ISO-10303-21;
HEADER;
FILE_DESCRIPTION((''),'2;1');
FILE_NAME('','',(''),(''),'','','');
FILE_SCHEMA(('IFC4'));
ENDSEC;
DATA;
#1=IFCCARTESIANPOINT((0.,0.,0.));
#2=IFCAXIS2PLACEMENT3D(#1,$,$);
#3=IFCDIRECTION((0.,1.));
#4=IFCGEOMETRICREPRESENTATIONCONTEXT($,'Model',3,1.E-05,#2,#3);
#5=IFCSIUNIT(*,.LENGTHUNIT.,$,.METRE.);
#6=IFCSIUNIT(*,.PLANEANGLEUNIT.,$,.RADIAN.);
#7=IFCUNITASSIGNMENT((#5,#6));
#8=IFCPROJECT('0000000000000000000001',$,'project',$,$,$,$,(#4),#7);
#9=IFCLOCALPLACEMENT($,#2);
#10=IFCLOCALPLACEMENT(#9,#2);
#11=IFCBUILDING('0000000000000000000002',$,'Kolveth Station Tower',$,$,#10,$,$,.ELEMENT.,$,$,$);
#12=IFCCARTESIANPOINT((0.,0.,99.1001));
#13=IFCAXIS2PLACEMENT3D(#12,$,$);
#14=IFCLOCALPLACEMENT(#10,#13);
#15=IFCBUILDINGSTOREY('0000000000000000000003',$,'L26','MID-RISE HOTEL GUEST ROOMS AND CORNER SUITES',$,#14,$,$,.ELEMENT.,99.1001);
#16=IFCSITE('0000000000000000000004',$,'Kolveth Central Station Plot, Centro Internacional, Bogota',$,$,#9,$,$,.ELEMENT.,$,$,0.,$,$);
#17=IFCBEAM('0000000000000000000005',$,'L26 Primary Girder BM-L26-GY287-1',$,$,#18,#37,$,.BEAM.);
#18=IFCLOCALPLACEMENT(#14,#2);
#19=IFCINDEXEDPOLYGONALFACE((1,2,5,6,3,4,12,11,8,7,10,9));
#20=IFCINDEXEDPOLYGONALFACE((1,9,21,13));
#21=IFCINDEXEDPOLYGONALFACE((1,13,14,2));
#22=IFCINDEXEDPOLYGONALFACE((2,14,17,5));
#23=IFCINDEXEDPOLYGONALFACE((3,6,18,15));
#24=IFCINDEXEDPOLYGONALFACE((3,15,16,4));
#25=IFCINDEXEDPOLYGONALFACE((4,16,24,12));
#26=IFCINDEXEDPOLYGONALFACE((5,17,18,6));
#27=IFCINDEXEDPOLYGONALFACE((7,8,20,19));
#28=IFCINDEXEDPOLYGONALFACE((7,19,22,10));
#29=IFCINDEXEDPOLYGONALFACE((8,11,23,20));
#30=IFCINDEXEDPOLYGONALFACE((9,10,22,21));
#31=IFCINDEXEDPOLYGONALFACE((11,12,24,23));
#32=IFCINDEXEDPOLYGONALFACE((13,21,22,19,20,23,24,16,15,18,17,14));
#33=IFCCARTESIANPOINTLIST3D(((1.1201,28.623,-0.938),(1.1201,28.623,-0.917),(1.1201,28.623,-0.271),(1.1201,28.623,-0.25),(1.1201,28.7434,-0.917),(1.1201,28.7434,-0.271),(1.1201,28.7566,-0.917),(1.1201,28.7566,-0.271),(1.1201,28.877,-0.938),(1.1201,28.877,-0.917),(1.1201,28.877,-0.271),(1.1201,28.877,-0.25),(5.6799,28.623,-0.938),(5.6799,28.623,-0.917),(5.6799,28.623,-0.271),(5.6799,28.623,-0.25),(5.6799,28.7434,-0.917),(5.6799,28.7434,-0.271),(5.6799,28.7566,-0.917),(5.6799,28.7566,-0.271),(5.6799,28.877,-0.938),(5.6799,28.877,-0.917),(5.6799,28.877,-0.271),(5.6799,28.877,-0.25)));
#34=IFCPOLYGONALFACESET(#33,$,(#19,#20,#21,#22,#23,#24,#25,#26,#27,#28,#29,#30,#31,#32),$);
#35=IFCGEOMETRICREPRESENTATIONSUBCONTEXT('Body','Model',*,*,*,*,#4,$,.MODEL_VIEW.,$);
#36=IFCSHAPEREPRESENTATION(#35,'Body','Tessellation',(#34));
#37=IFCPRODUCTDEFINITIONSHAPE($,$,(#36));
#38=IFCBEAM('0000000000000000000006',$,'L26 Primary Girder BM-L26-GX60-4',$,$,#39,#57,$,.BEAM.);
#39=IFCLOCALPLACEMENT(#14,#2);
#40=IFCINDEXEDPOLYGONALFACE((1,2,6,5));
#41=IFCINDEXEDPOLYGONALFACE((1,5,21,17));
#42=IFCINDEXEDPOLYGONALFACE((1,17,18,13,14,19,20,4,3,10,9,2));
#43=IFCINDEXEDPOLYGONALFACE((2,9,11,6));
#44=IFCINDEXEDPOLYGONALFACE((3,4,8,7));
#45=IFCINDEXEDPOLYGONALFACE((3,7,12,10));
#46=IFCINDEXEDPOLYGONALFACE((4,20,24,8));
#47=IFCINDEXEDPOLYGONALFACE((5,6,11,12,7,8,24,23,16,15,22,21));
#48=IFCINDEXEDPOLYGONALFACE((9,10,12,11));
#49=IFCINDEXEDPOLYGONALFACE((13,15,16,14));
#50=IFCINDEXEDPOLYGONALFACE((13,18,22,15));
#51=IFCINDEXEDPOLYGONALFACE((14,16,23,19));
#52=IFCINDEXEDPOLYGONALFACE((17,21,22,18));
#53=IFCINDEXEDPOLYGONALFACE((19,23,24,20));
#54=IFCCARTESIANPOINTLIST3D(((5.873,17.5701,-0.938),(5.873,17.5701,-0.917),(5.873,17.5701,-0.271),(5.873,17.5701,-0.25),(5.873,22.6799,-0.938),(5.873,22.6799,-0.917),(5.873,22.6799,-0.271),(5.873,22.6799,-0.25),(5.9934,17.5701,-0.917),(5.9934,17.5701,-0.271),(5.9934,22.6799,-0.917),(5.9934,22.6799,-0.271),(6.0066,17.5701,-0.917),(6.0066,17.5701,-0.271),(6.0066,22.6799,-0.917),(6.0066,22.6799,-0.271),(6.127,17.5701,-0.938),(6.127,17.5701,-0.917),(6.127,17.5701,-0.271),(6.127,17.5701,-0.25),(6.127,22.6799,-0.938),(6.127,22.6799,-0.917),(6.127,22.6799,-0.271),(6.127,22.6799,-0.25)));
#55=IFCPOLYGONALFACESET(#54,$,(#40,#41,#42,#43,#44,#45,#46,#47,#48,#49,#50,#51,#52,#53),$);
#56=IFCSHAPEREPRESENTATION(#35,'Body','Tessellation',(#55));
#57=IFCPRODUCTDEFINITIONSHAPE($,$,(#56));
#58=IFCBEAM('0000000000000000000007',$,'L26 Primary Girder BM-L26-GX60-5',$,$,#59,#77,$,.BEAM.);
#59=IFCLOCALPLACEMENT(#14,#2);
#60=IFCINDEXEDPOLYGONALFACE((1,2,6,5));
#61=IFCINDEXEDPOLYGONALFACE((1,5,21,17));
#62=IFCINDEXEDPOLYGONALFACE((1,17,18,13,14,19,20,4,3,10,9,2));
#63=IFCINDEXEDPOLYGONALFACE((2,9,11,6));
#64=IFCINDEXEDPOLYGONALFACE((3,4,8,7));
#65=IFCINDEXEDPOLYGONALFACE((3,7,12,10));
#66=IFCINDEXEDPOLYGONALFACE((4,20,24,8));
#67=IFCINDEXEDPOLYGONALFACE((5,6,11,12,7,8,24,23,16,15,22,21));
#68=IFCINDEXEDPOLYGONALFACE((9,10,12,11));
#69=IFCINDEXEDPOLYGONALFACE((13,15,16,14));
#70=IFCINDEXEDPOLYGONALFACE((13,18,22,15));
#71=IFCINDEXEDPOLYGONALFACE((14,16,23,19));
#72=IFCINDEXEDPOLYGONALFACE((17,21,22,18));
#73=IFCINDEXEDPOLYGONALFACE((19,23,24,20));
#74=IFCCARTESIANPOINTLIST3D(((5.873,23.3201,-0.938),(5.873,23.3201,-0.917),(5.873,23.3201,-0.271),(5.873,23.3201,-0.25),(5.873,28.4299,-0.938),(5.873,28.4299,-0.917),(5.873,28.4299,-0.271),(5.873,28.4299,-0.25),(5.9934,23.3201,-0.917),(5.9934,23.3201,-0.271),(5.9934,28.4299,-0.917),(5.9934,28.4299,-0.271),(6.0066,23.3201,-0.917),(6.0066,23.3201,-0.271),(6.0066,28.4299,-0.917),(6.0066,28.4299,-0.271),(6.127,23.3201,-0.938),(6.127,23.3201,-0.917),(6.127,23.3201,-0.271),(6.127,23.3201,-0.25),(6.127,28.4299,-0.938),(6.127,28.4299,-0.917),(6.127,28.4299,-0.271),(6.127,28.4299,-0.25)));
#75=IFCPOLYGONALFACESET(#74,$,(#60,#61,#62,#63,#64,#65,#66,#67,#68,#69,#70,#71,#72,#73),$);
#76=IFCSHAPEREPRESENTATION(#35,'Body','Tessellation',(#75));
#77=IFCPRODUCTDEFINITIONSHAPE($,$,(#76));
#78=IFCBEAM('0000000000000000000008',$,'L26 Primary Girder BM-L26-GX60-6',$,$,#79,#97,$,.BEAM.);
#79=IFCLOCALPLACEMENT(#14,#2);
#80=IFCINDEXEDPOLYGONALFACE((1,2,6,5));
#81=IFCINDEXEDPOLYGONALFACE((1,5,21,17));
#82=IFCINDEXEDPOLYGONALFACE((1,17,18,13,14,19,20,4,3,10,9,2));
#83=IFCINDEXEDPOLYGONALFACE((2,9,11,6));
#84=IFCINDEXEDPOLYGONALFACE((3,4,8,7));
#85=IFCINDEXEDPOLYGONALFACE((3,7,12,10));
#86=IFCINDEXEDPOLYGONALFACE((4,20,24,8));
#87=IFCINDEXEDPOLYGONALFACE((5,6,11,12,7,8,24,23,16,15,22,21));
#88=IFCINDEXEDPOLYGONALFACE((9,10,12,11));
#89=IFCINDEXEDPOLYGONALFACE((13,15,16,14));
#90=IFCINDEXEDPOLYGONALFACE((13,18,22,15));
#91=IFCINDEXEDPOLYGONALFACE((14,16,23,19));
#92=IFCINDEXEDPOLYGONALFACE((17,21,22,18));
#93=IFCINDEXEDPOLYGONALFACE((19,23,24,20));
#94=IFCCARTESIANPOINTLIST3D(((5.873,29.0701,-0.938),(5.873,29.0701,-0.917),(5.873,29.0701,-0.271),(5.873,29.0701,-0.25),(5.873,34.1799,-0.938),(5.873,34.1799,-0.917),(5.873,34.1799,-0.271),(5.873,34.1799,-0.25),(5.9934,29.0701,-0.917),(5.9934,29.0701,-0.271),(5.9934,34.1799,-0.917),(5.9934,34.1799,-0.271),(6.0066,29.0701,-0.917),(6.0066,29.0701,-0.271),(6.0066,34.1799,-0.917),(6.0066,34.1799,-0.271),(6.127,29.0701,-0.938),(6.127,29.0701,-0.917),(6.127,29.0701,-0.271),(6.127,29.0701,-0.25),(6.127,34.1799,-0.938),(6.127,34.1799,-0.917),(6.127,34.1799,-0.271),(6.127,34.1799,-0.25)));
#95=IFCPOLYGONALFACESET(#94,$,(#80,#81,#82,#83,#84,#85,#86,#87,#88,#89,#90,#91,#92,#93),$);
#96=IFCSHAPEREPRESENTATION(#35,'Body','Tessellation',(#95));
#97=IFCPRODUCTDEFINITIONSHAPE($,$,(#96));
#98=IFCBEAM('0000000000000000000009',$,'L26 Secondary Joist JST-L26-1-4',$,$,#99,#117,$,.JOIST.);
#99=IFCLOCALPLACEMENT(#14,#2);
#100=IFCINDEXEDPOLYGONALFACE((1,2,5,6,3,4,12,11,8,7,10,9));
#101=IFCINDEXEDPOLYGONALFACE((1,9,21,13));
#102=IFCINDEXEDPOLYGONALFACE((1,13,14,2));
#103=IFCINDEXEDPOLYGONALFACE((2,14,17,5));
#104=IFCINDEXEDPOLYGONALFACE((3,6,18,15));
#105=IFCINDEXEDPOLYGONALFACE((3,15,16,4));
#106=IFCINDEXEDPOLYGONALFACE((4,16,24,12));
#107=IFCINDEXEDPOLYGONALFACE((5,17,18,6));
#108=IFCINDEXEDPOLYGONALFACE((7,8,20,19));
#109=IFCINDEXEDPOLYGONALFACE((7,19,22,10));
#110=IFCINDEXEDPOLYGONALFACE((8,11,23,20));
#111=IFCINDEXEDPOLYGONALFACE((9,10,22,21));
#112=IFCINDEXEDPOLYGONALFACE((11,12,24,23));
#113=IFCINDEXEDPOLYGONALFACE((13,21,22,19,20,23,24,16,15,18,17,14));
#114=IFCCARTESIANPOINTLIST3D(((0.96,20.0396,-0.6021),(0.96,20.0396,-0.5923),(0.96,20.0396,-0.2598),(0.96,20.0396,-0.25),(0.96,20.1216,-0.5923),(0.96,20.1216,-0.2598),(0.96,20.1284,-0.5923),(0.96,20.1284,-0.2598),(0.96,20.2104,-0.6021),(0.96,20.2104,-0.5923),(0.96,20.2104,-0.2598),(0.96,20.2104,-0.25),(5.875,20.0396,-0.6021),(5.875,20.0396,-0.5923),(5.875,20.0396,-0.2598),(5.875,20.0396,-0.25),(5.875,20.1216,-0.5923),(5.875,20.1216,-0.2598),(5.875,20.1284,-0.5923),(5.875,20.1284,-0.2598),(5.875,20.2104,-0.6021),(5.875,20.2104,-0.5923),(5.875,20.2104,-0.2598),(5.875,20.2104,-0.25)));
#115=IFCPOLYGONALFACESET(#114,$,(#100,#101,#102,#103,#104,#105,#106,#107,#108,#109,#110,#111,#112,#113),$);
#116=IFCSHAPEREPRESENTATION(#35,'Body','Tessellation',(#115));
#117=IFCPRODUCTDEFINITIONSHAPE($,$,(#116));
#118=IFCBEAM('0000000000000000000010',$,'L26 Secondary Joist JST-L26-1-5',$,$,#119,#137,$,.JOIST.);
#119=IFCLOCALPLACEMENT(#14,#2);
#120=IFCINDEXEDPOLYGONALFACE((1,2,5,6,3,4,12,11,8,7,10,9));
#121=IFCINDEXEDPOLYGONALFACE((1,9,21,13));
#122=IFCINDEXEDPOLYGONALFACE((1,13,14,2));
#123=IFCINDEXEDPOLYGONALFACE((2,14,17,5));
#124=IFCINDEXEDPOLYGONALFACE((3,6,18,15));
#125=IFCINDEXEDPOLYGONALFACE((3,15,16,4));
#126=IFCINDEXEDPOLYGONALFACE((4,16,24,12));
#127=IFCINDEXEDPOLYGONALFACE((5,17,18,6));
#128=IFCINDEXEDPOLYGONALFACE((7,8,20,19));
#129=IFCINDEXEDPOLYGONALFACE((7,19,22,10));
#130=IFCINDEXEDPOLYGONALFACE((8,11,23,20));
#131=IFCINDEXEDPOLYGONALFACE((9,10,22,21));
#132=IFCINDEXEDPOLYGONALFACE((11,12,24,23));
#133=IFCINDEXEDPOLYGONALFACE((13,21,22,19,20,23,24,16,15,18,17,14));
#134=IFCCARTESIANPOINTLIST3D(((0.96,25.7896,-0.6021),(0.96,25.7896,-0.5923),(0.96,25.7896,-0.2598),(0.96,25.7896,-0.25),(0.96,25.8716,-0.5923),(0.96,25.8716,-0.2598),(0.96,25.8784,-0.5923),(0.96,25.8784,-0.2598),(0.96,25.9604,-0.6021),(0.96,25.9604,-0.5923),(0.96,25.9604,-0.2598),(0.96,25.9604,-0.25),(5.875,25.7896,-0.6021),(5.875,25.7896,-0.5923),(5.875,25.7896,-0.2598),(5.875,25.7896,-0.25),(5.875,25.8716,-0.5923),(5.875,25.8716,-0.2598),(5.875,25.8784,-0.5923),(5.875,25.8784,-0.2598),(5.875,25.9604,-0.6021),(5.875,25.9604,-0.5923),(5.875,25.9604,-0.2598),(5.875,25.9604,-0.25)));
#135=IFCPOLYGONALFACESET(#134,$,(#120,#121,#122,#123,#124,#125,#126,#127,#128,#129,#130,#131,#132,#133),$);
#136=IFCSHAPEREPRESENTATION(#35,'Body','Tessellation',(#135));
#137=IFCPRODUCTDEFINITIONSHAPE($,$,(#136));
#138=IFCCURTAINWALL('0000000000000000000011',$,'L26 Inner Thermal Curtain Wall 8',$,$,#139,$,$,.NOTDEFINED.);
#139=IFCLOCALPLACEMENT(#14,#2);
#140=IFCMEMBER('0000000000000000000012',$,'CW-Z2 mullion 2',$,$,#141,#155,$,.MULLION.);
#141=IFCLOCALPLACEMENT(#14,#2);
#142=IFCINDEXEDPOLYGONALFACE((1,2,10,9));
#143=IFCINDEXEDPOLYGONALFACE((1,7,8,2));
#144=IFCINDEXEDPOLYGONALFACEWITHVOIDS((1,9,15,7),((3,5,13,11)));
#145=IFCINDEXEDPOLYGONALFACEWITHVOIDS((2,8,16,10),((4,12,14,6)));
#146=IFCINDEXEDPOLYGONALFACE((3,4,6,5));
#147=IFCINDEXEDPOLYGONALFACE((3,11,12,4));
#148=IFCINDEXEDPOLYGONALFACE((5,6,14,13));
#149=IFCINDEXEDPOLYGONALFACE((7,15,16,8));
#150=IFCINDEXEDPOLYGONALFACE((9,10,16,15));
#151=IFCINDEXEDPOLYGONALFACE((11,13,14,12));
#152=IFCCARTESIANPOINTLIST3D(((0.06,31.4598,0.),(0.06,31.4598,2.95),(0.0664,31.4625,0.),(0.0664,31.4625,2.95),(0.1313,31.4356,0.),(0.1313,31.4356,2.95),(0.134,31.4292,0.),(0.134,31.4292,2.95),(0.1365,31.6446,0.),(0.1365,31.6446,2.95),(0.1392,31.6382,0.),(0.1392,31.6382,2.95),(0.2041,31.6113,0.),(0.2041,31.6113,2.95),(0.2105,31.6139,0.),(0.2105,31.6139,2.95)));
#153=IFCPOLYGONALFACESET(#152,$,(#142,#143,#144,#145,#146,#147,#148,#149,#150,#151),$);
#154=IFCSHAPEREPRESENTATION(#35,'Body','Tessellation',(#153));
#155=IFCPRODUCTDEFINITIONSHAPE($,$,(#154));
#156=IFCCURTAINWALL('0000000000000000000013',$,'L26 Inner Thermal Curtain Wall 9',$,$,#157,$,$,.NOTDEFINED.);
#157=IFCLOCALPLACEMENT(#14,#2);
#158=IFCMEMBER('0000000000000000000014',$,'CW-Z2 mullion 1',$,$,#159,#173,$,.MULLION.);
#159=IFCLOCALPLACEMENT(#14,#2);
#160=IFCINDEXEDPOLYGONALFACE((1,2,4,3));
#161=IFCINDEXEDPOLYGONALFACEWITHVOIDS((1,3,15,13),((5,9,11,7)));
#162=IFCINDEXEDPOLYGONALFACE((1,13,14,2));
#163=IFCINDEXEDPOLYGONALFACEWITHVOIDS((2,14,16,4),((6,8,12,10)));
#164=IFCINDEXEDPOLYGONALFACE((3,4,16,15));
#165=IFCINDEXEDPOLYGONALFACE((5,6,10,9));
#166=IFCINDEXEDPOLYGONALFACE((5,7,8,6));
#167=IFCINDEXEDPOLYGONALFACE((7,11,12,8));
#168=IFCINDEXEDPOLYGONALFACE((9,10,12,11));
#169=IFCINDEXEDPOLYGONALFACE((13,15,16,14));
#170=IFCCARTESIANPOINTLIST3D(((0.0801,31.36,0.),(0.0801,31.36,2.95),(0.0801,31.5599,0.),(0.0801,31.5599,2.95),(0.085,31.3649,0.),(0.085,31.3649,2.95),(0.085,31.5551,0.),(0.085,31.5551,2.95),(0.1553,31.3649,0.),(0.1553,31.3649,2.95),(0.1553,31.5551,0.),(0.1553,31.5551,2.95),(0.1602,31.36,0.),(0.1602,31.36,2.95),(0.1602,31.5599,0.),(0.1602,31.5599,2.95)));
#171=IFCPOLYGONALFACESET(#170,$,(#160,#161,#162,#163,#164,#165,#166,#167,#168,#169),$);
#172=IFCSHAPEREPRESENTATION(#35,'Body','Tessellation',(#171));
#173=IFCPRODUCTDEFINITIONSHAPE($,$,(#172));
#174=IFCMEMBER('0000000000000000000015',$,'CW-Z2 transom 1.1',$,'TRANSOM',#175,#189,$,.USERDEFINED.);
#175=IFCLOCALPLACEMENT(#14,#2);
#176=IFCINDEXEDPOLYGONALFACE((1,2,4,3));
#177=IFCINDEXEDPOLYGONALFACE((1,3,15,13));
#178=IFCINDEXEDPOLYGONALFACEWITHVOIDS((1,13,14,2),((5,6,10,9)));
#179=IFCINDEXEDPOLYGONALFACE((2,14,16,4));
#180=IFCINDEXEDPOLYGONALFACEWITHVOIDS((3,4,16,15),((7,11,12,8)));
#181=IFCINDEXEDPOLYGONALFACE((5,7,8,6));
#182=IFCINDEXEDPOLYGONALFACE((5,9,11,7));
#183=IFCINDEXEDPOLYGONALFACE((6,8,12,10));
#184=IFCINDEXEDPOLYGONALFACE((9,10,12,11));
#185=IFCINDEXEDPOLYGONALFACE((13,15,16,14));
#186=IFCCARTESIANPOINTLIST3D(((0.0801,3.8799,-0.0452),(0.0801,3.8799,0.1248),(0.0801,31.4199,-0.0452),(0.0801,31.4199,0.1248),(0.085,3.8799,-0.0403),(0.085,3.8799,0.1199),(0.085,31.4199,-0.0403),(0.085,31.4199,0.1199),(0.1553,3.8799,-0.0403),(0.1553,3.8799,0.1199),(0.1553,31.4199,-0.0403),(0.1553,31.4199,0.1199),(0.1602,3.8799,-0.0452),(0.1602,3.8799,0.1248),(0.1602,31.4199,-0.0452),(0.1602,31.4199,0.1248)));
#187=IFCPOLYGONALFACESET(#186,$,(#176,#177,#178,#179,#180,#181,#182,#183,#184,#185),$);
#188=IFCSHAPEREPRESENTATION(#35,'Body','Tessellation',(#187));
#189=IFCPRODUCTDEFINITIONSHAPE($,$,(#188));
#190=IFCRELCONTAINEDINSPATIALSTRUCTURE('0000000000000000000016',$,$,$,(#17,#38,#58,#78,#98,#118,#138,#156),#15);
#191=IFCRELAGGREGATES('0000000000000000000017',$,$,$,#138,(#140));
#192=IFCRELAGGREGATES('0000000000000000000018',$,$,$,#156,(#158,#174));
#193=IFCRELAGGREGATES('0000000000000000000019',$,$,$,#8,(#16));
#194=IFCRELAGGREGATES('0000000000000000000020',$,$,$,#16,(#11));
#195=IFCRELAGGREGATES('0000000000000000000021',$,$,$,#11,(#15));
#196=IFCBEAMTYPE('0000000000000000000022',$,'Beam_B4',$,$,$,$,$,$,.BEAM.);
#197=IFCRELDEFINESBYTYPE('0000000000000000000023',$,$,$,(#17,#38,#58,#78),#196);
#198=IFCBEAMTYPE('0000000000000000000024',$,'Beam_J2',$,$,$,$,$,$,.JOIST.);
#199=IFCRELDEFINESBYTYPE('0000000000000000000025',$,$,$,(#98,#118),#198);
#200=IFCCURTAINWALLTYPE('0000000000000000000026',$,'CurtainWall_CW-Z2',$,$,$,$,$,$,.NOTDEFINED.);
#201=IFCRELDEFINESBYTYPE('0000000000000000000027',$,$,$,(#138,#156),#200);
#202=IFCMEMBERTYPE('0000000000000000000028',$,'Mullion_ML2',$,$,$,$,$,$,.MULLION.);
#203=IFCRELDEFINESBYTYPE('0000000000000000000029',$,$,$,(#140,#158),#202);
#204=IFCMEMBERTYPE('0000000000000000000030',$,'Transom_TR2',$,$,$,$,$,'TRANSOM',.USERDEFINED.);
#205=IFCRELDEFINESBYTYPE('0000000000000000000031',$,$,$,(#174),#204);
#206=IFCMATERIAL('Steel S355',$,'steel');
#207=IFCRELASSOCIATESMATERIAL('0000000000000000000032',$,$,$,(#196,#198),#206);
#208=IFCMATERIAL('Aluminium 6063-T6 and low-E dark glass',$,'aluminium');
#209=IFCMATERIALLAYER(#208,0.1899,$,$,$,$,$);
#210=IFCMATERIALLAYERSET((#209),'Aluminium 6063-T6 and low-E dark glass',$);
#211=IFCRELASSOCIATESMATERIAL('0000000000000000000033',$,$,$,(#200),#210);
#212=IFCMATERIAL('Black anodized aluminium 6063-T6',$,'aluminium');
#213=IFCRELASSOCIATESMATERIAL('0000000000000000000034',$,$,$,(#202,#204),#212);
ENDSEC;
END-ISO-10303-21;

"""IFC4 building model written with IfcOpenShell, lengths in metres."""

from ifc_helpers import new_model, si_unit, direction, frame, origin, origin_2d, place, context, subcontext, project, spatial, hollow_rectangle, i_section, extrude, source, transform, mapped, material, layer, layer_set, material_profile, profile_set, type_object, element, aggregate, save


model = new_model("IFC4")

# Units and contexts
model_context = context("Model", 3, precision=1e-05, world=origin(), true_north=direction((0.0, 1.0)))
body_context = subcontext(model_context, "Body", "Model", "MODEL_VIEW")
ifc_project = project(units=[si_unit("LENGTHUNIT", "METRE"), si_unit("PLANEANGLEUNIT", "RADIAN")], contexts=[model_context])

# Site, building, storey
site_placement = place(None, origin())
site = spatial("IfcSite", under=ifc_project, at=site_placement, Name="Kolveth Central Station Plot, Centro Internacional, Bogota", CompositionType="ELEMENT", RefElevation=0.0)
building_placement = place(site_placement, origin())
building = spatial("IfcBuilding", under=site, at=building_placement, Name="Kolveth Station Tower", CompositionType="ELEMENT")
storey_placement = place(building_placement, frame((0.0, 0.0, 99.1001)))
storey = spatial("IfcBuildingStorey", under=building, at=storey_placement, Name="L26", Description="MID-RISE HOTEL GUEST ROOMS AND CORNER SUITES", CompositionType="ELEMENT", Elevation=99.1001)

# Beams
ifc_material_1 = material(Name="Steel S355", Category="steel")
ifc_material_profile_1 = material_profile(ifc_material_1, i_section(OverallWidth=0.2539, OverallDepth=0.688, WebThickness=0.0132, FlangeThickness=0.021, at=origin_2d()), Name="W690x152")
ifc_profile_set_1 = profile_set([ifc_material_profile_1], Name="Steel S355")
beam_type_1 = type_object("IfcBeamType", Name="Beam_B4", PredefinedType="BEAM", material=ifc_profile_set_1)
shared_shape_1 = source(origin(), body_context, "Body", "SweptSolid", [
    extrude(i_section(OverallWidth=0.2539, OverallDepth=0.688, WebThickness=0.0132, FlangeThickness=0.021, at=origin_2d()), origin(), (0.0, 0.0, 1.0), 4.5598),
])
for number, where, z_axis, x_axis, name in (
    (1, (1.1201, 28.75, -0.594), (1.0, 0.0, 0.0), (0.0, 1.0, 0.0), "L26 Primary Girder BM-L26-GY287-1"),
):
    element("IfcBeam", number, at=place(storey_placement, frame(where, z_axis=z_axis, x_axis=x_axis)), inside=storey, type_object=beam_type_1, Name=name, PredefinedType="BEAM", context=body_context, shape_type="MappedRepresentation", body=[
        mapped(shared_shape_1, transform((0.0, 0.0, 0.0), x_axis=(1.0, 0.0, 0.0), y_axis=(0.0, 1.0, 0.0), z_axis=(0.0, 0.0, 1.0), scale=1.0)),
    ])
shared_shape_2 = source(origin(), body_context, "Body", "SweptSolid", [
    extrude(i_section(OverallWidth=0.2539, OverallDepth=0.688, WebThickness=0.0132, FlangeThickness=0.021, at=origin_2d()), origin(), (0.0, 0.0, 1.0), 5.1099),
])
for number, where, z_axis, x_axis, name in (
    (2, (6.0, 17.5701, -0.594), (0.0, 1.0, 0.0), (-1.0, 0.0, 0.0), "L26 Primary Girder BM-L26-GX60-4"),
    (3, (6.0, 23.3201, -0.594), (0.0, 1.0, 0.0), (-1.0, 0.0, 0.0), "L26 Primary Girder BM-L26-GX60-5"),
    (4, (6.0, 29.0701, -0.594), (0.0, 1.0, 0.0), (-1.0, 0.0, 0.0), "L26 Primary Girder BM-L26-GX60-6"),
):
    element("IfcBeam", number, at=place(storey_placement, frame(where, z_axis=z_axis, x_axis=x_axis)), inside=storey, type_object=beam_type_1, Name=name, PredefinedType="BEAM", context=body_context, shape_type="MappedRepresentation", body=[
        mapped(shared_shape_2, transform((0.0, 0.0, 0.0), x_axis=(1.0, 0.0, 0.0), y_axis=(0.0, 1.0, 0.0), z_axis=(0.0, 0.0, 1.0), scale=1.0)),
    ])
ifc_material_profile_2 = material_profile(ifc_material_1, i_section(OverallWidth=0.1709, OverallDepth=0.3521, WebThickness=0.0068, FlangeThickness=0.0098, at=origin_2d()), Name="W360x44")
ifc_profile_set_2 = profile_set([ifc_material_profile_2], Name="Steel S355")
beam_type_2 = type_object("IfcBeamType", Name="Beam_J2", PredefinedType="JOIST", material=ifc_profile_set_2)
shared_shape_3 = source(origin(), body_context, "Body", "SweptSolid", [
    extrude(i_section(OverallWidth=0.1709, OverallDepth=0.3521, WebThickness=0.0068, FlangeThickness=0.0098, at=origin_2d()), origin(), (0.0, 0.0, 1.0), 4.915),
])
for number, where, z_axis, x_axis, name in (
    (5, (0.96, 20.125, -0.426), (1.0, 0.0, 0.0), (0.0, 1.0, 0.0), "L26 Secondary Joist JST-L26-1-4"),
    (6, (0.96, 25.875, -0.426), (1.0, 0.0, 0.0), (0.0, 1.0, 0.0), "L26 Secondary Joist JST-L26-1-5"),
):
    element("IfcBeam", number, at=place(storey_placement, frame(where, z_axis=z_axis, x_axis=x_axis)), inside=storey, type_object=beam_type_2, Name=name, PredefinedType="JOIST", context=body_context, shape_type="MappedRepresentation", body=[
        mapped(shared_shape_3, transform((0.0, 0.0, 0.0), x_axis=(1.0, 0.0, 0.0), y_axis=(0.0, 1.0, 0.0), z_axis=(0.0, 0.0, 1.0), scale=1.0)),
    ])

# Curtain wall, member
ifc_material_2 = material(Name="Aluminium 6063-T6 and low-E dark glass", Category="aluminium")
ifc_layer_1 = layer(ifc_material_2, 0.1899)
ifc_layer_set_1 = layer_set([ifc_layer_1], Name="Aluminium 6063-T6 and low-E dark glass")
curtain_wall_type_1 = type_object("IfcCurtainWallType", Name="CurtainWall_CW-Z2", PredefinedType="NOTDEFINED", material=ifc_layer_set_1)
curtain_wall_1_placement = place(storey_placement, origin())
curtain_wall_1 = element("IfcCurtainWall", 7, at=curtain_wall_1_placement, inside=storey, type_object=curtain_wall_type_1, Name="L26 Inner Thermal Curtain Wall 8", PredefinedType="NOTDEFINED")
ifc_material_3 = material(Name="Black anodized aluminium 6063-T6", Category="aluminium")
ifc_material_profile_3 = material_profile(ifc_material_3, hollow_rectangle(XDim=0.0801, YDim=0.2, WallThickness=0.0049, at=origin_2d()), Name="ALU-80x200x5")
ifc_profile_set_3 = profile_set([ifc_material_profile_3], Name="Black anodized aluminium 6063-T6")
member_type_1 = type_object("IfcMemberType", Name="Mullion_ML2", PredefinedType="MULLION", material=ifc_profile_set_3)
shared_shape_4 = source(origin(), body_context, "Body", "SweptSolid", [
    extrude(hollow_rectangle(XDim=0.0801, YDim=0.2, WallThickness=0.0049, at=origin_2d()), origin(), (0.0, 0.0, 1.0), 2.95),
])
member_1_placement = place(storey_placement, frame((0.1353, 31.5369, 0.0), z_axis=(0.0, 0.0, 1.0), x_axis=(0.923888, -0.382663, 0.0)))
member_1 = element("IfcMember", 8, at=member_1_placement, type_object=member_type_1, Name="CW-Z2 mullion 2", PredefinedType="MULLION", context=body_context, shape_type="MappedRepresentation", body=[
    mapped(shared_shape_4, transform((0.0, 0.0, 0.0), x_axis=(1.0, 0.0, 0.0), y_axis=(0.0, 1.0, 0.0), z_axis=(0.0, 0.0, 1.0), scale=1.0)),
])
aggregate(curtain_wall_1, [member_1])

# Curtain wall, members
curtain_wall_2_placement = place(storey_placement, origin())
curtain_wall_2 = element("IfcCurtainWall", 9, at=curtain_wall_2_placement, inside=storey, type_object=curtain_wall_type_1, Name="L26 Inner Thermal Curtain Wall 9", PredefinedType="NOTDEFINED")
member_2_placement = place(storey_placement, frame((0.1201, 31.46, 0.0), z_axis=(0.0, 0.0, 1.0), x_axis=(1.0, 0.0, 0.0)))
member_2 = element("IfcMember", 10, at=member_2_placement, type_object=member_type_1, Name="CW-Z2 mullion 1", PredefinedType="MULLION", context=body_context, shape_type="MappedRepresentation", body=[
    mapped(shared_shape_4, transform((0.0, 0.0, 0.0), x_axis=(1.0, 0.0, 0.0), y_axis=(0.0, 1.0, 0.0), z_axis=(0.0, 0.0, 1.0), scale=1.0)),
])
ifc_material_profile_4 = material_profile(ifc_material_3, hollow_rectangle(XDim=0.0801, YDim=0.1699, WallThickness=0.0049, at=origin_2d()), Name="ALU-80x170x5")
ifc_profile_set_4 = profile_set([ifc_material_profile_4], Name="Black anodized aluminium 6063-T6")
member_type_2 = type_object("IfcMemberType", Name="Transom_TR2", ElementType="TRANSOM", PredefinedType="USERDEFINED", material=ifc_profile_set_4)
shared_shape_5 = source(origin(), body_context, "Body", "SweptSolid", [
    extrude(hollow_rectangle(XDim=0.0801, YDim=0.1699, WallThickness=0.0049, at=origin_2d()), origin(), (0.0, 0.0, 1.0), 27.54),
])
member_3_placement = place(storey_placement, frame((0.1201, 31.4199, 0.0398), z_axis=(0.0, -1.0, 0.0), x_axis=(1.0, 0.0, 0.0)))
member_3 = element("IfcMember", 11, at=member_3_placement, type_object=member_type_2, Name="CW-Z2 transom 1.1", ObjectType="TRANSOM", PredefinedType="USERDEFINED", context=body_context, shape_type="MappedRepresentation", body=[
    mapped(shared_shape_5, transform((0.0, 0.0, 0.0), x_axis=(1.0, 0.0, 0.0), y_axis=(0.0, 1.0, 0.0), z_axis=(0.0, 0.0, 1.0), scale=1.0)),
])
aggregate(curtain_wall_2, [member_2, member_3])

save(model, "model.ifc")
